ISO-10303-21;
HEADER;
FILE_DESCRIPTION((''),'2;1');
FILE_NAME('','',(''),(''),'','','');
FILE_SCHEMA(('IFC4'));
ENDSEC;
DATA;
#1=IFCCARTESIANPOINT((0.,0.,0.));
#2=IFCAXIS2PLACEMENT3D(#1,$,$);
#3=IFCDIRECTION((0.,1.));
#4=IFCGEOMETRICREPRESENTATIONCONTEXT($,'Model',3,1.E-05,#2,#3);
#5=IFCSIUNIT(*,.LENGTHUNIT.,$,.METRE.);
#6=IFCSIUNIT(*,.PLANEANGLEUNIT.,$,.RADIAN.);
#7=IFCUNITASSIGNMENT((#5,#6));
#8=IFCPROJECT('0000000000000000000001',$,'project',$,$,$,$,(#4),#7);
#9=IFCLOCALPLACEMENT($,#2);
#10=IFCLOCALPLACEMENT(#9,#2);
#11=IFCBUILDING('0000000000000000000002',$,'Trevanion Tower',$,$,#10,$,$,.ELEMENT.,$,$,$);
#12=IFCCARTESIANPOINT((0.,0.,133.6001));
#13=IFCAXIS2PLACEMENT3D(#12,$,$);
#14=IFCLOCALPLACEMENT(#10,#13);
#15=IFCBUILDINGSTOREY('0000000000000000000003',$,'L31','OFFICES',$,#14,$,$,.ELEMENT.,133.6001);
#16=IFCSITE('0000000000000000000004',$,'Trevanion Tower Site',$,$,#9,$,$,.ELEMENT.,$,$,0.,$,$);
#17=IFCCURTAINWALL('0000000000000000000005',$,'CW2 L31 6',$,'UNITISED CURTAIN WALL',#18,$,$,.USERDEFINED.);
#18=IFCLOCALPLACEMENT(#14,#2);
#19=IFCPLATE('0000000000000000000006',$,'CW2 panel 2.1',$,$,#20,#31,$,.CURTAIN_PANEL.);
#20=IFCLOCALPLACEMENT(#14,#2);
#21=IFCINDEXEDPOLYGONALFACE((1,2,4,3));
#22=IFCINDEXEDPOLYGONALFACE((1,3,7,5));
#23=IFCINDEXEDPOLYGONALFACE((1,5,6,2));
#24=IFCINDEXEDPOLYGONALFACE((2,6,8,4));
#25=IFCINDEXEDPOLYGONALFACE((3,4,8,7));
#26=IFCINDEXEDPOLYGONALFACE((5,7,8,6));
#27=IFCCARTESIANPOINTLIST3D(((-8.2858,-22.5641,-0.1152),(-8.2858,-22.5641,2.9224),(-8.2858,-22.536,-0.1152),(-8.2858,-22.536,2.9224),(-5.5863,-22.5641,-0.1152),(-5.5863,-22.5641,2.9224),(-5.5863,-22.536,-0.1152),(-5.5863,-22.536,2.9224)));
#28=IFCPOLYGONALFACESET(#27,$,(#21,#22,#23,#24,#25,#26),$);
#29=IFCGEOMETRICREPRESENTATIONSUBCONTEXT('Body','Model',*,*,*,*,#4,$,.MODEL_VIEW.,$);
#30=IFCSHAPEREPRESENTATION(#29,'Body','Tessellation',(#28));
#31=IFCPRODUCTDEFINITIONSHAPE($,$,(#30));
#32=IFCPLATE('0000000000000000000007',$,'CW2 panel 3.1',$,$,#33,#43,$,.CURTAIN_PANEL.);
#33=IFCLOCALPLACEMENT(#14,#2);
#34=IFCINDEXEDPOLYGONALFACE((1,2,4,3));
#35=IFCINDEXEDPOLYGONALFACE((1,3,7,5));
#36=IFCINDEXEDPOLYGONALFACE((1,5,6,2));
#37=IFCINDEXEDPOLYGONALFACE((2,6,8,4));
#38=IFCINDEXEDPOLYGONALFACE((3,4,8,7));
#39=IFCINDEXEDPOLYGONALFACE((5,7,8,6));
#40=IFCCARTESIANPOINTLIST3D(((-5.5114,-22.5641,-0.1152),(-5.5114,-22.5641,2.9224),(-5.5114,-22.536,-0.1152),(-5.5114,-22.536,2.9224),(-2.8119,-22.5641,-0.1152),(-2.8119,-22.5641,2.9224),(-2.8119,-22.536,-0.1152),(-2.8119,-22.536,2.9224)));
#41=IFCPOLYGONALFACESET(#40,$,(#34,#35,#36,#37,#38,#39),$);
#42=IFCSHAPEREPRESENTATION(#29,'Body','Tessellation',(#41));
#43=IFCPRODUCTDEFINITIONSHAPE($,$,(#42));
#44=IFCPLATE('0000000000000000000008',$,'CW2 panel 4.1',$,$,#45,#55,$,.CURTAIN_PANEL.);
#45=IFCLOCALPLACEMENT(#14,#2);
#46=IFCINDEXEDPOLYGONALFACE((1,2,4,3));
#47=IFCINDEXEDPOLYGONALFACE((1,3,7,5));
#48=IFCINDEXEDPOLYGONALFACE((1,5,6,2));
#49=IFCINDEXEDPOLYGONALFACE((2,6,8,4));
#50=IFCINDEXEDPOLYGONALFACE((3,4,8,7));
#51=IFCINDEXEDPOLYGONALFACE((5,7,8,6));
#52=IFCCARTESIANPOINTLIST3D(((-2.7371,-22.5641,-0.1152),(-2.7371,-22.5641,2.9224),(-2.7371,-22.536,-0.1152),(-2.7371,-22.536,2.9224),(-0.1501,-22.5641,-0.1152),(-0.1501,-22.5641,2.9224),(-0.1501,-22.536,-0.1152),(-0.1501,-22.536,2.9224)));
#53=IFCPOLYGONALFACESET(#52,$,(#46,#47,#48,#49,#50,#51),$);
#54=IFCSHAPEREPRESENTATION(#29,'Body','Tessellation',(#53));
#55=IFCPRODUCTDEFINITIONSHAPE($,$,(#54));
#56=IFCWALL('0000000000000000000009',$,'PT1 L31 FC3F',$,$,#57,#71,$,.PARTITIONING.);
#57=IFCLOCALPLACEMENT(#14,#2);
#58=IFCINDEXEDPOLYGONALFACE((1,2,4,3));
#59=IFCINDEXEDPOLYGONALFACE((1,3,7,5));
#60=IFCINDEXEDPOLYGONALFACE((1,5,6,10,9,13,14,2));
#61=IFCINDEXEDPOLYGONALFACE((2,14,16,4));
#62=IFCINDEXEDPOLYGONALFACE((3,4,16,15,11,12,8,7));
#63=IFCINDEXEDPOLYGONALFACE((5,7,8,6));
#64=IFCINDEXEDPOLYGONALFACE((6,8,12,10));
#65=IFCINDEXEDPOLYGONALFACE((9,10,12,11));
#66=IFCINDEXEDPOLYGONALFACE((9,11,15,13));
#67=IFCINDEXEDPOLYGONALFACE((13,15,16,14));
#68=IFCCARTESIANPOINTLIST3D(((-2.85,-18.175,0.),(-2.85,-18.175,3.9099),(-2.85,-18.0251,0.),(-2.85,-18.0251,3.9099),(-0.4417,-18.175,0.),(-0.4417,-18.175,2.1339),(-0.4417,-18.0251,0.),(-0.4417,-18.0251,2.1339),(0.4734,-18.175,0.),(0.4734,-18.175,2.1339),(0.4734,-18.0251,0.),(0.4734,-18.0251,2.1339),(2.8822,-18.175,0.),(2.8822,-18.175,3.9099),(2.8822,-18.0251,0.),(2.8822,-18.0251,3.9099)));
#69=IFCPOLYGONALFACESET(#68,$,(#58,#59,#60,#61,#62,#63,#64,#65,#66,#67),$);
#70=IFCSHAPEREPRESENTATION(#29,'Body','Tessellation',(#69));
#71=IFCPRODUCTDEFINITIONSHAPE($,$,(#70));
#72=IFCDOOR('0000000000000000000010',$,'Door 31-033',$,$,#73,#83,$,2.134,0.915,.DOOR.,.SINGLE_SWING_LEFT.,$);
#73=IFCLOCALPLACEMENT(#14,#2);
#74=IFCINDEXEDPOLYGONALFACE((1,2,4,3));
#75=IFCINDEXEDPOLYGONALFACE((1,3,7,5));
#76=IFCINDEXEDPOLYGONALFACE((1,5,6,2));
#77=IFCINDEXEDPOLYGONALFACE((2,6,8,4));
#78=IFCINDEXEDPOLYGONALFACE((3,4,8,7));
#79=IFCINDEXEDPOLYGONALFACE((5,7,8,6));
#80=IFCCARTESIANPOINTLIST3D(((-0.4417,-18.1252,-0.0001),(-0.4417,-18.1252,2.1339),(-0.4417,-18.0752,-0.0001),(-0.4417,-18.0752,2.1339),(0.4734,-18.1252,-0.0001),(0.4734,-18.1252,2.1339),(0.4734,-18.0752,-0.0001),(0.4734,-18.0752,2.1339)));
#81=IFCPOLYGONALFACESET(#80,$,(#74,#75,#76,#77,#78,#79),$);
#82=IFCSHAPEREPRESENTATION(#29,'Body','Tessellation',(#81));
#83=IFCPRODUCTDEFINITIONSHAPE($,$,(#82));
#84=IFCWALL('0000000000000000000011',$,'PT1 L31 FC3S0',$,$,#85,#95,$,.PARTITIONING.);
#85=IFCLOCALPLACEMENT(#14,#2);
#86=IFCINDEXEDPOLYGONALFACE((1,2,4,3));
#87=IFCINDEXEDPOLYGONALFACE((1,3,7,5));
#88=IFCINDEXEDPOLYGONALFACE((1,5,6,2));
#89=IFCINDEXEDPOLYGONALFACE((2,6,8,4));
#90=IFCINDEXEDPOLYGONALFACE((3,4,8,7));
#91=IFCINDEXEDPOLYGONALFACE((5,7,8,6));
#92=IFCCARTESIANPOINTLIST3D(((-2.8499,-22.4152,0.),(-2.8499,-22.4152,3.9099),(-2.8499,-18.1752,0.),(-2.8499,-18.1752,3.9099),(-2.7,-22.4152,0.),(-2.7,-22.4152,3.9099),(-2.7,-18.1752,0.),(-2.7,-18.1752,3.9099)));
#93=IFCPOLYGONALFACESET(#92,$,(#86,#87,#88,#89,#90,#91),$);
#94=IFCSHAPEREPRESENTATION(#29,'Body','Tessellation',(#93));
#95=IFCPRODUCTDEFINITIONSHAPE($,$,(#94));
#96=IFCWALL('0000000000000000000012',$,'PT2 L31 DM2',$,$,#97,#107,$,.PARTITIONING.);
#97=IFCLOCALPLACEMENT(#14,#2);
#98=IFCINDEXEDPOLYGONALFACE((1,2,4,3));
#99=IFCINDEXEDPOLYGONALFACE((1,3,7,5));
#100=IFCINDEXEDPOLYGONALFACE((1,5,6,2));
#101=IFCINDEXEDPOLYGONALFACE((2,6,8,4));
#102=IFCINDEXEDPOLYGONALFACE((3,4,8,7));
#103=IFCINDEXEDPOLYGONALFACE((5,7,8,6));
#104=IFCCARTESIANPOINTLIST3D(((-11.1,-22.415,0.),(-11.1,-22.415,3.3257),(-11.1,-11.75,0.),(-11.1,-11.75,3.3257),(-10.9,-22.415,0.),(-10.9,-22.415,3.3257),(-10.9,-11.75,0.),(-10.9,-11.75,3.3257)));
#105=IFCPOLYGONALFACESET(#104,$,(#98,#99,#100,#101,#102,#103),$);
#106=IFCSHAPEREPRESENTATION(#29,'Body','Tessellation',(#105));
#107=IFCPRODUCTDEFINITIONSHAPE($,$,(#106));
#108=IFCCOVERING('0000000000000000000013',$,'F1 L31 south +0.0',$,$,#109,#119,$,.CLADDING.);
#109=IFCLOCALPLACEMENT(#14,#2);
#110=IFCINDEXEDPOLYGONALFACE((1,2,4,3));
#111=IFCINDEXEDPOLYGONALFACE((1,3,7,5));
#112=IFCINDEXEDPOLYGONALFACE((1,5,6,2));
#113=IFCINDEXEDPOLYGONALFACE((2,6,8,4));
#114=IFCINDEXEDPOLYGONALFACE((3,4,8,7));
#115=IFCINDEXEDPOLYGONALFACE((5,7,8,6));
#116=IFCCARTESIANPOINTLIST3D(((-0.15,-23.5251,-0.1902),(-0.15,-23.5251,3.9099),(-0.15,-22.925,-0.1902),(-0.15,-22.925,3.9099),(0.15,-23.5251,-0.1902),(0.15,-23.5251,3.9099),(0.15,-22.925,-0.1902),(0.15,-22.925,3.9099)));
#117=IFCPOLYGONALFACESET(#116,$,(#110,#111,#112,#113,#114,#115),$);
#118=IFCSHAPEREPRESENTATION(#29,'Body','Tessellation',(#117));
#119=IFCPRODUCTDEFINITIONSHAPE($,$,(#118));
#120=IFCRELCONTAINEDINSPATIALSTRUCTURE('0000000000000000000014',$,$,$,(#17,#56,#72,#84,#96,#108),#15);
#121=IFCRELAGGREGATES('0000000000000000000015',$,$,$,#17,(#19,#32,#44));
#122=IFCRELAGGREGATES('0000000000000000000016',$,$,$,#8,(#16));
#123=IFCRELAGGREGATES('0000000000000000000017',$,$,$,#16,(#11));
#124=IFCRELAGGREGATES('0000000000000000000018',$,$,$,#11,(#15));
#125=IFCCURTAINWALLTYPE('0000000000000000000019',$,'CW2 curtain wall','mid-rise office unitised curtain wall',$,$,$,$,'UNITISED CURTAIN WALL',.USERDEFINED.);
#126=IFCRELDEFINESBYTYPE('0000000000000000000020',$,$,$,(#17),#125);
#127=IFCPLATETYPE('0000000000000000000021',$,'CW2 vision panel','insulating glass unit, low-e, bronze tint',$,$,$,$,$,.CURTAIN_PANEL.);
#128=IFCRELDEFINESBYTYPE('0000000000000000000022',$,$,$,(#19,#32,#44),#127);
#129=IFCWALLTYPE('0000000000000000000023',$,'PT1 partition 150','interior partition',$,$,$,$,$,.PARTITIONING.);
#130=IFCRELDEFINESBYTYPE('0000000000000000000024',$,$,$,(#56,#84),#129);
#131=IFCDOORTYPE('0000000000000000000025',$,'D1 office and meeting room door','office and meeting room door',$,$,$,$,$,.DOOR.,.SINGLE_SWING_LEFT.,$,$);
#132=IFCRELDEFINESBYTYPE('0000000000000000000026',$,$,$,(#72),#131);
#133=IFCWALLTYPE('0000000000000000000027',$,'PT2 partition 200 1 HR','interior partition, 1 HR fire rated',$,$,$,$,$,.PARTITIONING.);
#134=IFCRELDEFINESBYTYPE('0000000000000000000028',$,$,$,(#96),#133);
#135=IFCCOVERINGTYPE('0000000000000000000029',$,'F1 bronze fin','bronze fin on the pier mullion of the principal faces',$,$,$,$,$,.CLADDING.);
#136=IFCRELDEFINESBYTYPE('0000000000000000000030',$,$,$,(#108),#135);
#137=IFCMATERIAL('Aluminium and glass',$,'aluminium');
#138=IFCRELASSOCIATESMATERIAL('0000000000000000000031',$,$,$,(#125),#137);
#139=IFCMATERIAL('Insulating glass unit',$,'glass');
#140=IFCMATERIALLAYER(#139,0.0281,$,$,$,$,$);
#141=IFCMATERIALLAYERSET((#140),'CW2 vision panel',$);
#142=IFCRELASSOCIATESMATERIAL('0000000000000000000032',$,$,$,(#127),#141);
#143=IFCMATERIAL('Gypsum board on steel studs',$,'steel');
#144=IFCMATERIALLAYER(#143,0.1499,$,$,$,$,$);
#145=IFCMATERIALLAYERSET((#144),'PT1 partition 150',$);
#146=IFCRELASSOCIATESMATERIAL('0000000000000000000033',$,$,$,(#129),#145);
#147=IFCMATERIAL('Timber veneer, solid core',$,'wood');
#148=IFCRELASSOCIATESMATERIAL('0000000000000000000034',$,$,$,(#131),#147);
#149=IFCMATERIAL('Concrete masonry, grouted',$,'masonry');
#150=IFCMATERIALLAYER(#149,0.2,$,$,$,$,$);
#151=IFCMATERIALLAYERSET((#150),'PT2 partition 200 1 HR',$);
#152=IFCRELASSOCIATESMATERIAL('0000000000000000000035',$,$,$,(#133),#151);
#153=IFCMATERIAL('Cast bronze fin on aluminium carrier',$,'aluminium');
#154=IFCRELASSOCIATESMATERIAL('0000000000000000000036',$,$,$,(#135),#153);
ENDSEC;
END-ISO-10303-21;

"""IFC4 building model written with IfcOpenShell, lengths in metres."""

from ifc_helpers import new_model, si_unit, direction, frame, frame_2d, origin, origin_2d, place, context, subcontext, project, spatial, rectangle, extrude, material, layer, layer_set, type_object, element, fill, aggregate, save


model = new_model("IFC4")

# Units and contexts
model_context = context("Model", 3, precision=1e-05, world=origin(), true_north=direction((0.0, 1.0)))
body_context = subcontext(model_context, "Body", "Model", "MODEL_VIEW")
ifc_project = project(units=[si_unit("LENGTHUNIT", "METRE"), si_unit("PLANEANGLEUNIT", "RADIAN")], contexts=[model_context])

# Site, building, storey
site_placement = place(None, origin())
site = spatial("IfcSite", under=ifc_project, at=site_placement, Name="Trevanion Tower Site", CompositionType="ELEMENT", RefElevation=0.0)
building_placement = place(site_placement, origin())
building = spatial("IfcBuilding", under=site, at=building_placement, Name="Trevanion Tower", CompositionType="ELEMENT")
storey_placement = place(building_placement, frame((0.0, 0.0, 133.6001)))
storey = spatial("IfcBuildingStorey", under=building, at=storey_placement, Name="L31", Description="OFFICES", CompositionType="ELEMENT", Elevation=133.6001)

# Curtain wall
ifc_material_1 = material(Name="Aluminium and glass", Category="aluminium")
curtain_wall_type = type_object("IfcCurtainWallType", Name="CW2 curtain wall", Description="mid-rise office unitised curtain wall", ElementType="UNITISED CURTAIN WALL", PredefinedType="USERDEFINED", material=ifc_material_1)
curtain_wall_placement = place(storey_placement, origin())
curtain_wall = element("IfcCurtainWall", 1, at=curtain_wall_placement, inside=storey, type_object=curtain_wall_type, Name="CW2 L31 6", ObjectType="UNITISED CURTAIN WALL", PredefinedType="USERDEFINED")

# Plates
ifc_material_2 = material(Name="Insulating glass unit", Category="glass")
ifc_layer_1 = layer(ifc_material_2, 0.0281)
ifc_layer_set_1 = layer_set([ifc_layer_1], Name="CW2 vision panel")
plate_type_1 = type_object("IfcPlateType", Name="CW2 vision panel", Description="insulating glass unit, low-e, bronze tint", PredefinedType="CURTAIN_PANEL", material=ifc_layer_set_1)
plate_1_placement = place(storey_placement, frame((-6.936, -22.55, -0.1152), z_axis=(0.0, 0.0, 1.0), x_axis=(1.0, 0.0, 0.0)))
plate_1 = element("IfcPlate", 2, at=plate_1_placement, type_object=plate_type_1, Name="CW2 panel 2.1", PredefinedType="CURTAIN_PANEL", context=body_context, shape_type="SweptSolid", body=[
    extrude(rectangle(XDim=2.6995, YDim=0.0281, at=origin_2d()), origin(), (0.0, 0.0, 1.0), 3.0376),
])
plate_2_placement = place(storey_placement, frame((-4.1616, -22.55, -0.1152), z_axis=(0.0, 0.0, 1.0), x_axis=(1.0, 0.0, 0.0)))
plate_2 = element("IfcPlate", 3, at=plate_2_placement, type_object=plate_type_1, Name="CW2 panel 3.1", PredefinedType="CURTAIN_PANEL", context=body_context, shape_type="SweptSolid", body=[
    extrude(rectangle(XDim=2.6995, YDim=0.0281, at=origin_2d()), origin(), (0.0, 0.0, 1.0), 3.0376),
])
plate_3_placement = place(storey_placement, frame((-1.4436, -22.55, -0.1152), z_axis=(0.0, 0.0, 1.0), x_axis=(1.0, 0.0, 0.0)))
plate_3 = element("IfcPlate", 4, at=plate_3_placement, type_object=plate_type_1, Name="CW2 panel 4.1", PredefinedType="CURTAIN_PANEL", context=body_context, shape_type="SweptSolid", body=[
    extrude(rectangle(XDim=2.5869, YDim=0.0281, at=origin_2d()), origin(), (0.0, 0.0, 1.0), 3.0376),
])
aggregate(curtain_wall, [plate_1, plate_2, plate_3])

# Wall, opening, door
ifc_material_3 = material(Name="Gypsum board on steel studs", Category="steel")
ifc_layer_2 = layer(ifc_material_3, 0.1499)
ifc_layer_set_2 = layer_set([ifc_layer_2], Name="PT1 partition 150")
wall_type_1 = type_object("IfcWallType", Name="PT1 partition 150", Description="interior partition", PredefinedType="PARTITIONING", material=ifc_layer_set_2)
wall_1_placement = place(storey_placement, frame((-2.8501, -18.1001, 0.0), z_axis=(0.0, 0.0, 1.0), x_axis=(1.0, 0.0, 0.0)))
wall_1 = element("IfcWall", 5, at=wall_1_placement, inside=storey, type_object=wall_type_1, Name="PT1 L31 FC3F", PredefinedType="PARTITIONING", context=body_context, shape_type="SweptSolid", body=[
    extrude(rectangle(XDim=5.7322, YDim=0.1499, at=frame_2d((2.8662, 0.0))), origin(), (0.0, 0.0, 1.0), 3.9099),
])
opening_placement = place(wall_1_placement, frame((2.4084, 0.0, 0.0)))
opening = element("IfcOpeningElement", 6, at=opening_placement, cuts=wall_1, PredefinedType="OPENING", context=body_context, shape_type="SweptSolid", body=[
    extrude(rectangle(XDim=0.915, YDim=2.134, at=frame_2d((0.4575, 1.0669))), frame((0.0, 0.085, 0.0), z_axis=(0.0, -1.0, 0.0), x_axis=(1.0, 0.0, 0.0)), (0.0, 0.0, 1.0), 0.1699),
])
ifc_material_4 = material(Name="Timber veneer, solid core", Category="wood")
door_type = type_object("IfcDoorType", Name="D1 office and meeting room door", Description="office and meeting room door", OperationType="SINGLE_SWING_LEFT", PredefinedType="DOOR", material=ifc_material_4)
door_placement = place(opening_placement, origin())
door = element("IfcDoor", 7, at=door_placement, inside=storey, type_object=door_type, Name="Door 31-033", OperationType="SINGLE_SWING_LEFT", OverallHeight=2.134, OverallWidth=0.915, PredefinedType="DOOR", context=body_context, shape_type="SweptSolid", body=[
    extrude(rectangle(XDim=0.915, YDim=2.134, at=frame_2d((0.4575, 1.0669))), frame((0.0, 0.0249, 0.0), z_axis=(0.0, -1.0, 0.0), x_axis=(1.0, 0.0, 0.0)), (0.0, 0.0, 1.0), 0.05),
])
fill(opening, door)

# Walls
wall_2_placement = place(storey_placement, frame((-2.7749, -18.175, 0.0), z_axis=(0.0, 0.0, 1.0), x_axis=(0.0, -1.0, 0.0)))
element("IfcWall", 8, at=wall_2_placement, inside=storey, type_object=wall_type_1, Name="PT1 L31 FC3S0", PredefinedType="PARTITIONING", context=body_context, shape_type="SweptSolid", body=[
    extrude(rectangle(XDim=4.24, YDim=0.1499, at=frame_2d((2.1201, 0.0))), origin(), (0.0, 0.0, 1.0), 3.9099),
])
ifc_material_5 = material(Name="Concrete masonry, grouted", Category="masonry")
ifc_layer_3 = layer(ifc_material_5, 0.2)
ifc_layer_set_3 = layer_set([ifc_layer_3], Name="PT2 partition 200 1 HR")
wall_type_2 = type_object("IfcWallType", Name="PT2 partition 200 1 HR", Description="interior partition, 1 HR fire rated", PredefinedType="PARTITIONING", material=ifc_layer_set_3)
wall_3_placement = place(storey_placement, frame((-11.0, -11.75, 0.0), z_axis=(0.0, 0.0, 1.0), x_axis=(0.0, -1.0, 0.0)))
element("IfcWall", 9, at=wall_3_placement, inside=storey, type_object=wall_type_2, Name="PT2 L31 DM2", PredefinedType="PARTITIONING", context=body_context, shape_type="SweptSolid", body=[
    extrude(rectangle(XDim=10.665, YDim=0.2, at=frame_2d((5.3325, 0.0))), origin(), (0.0, 0.0, 1.0), 3.3257),
])

# Covering
ifc_material_6 = material(Name="Cast bronze fin on aluminium carrier", Category="aluminium")
covering_type = type_object("IfcCoveringType", Name="F1 bronze fin", Description="bronze fin on the pier mullion of the principal faces", PredefinedType="CLADDING", material=ifc_material_6)
covering_placement = place(storey_placement, frame((0.0, -23.2251, -0.1902), z_axis=(0.0, 0.0, 1.0), x_axis=(1.0, 0.0, 0.0)))
element("IfcCovering", 10, at=covering_placement, inside=storey, type_object=covering_type, Name="F1 L31 south +0.0", PredefinedType="CLADDING", context=body_context, shape_type="SweptSolid", body=[
    extrude(rectangle(XDim=0.3, YDim=0.6001, at=origin_2d()), origin(), (0.0, 0.0, 1.0), 4.1001),
])

save(model, "model.ifc")
